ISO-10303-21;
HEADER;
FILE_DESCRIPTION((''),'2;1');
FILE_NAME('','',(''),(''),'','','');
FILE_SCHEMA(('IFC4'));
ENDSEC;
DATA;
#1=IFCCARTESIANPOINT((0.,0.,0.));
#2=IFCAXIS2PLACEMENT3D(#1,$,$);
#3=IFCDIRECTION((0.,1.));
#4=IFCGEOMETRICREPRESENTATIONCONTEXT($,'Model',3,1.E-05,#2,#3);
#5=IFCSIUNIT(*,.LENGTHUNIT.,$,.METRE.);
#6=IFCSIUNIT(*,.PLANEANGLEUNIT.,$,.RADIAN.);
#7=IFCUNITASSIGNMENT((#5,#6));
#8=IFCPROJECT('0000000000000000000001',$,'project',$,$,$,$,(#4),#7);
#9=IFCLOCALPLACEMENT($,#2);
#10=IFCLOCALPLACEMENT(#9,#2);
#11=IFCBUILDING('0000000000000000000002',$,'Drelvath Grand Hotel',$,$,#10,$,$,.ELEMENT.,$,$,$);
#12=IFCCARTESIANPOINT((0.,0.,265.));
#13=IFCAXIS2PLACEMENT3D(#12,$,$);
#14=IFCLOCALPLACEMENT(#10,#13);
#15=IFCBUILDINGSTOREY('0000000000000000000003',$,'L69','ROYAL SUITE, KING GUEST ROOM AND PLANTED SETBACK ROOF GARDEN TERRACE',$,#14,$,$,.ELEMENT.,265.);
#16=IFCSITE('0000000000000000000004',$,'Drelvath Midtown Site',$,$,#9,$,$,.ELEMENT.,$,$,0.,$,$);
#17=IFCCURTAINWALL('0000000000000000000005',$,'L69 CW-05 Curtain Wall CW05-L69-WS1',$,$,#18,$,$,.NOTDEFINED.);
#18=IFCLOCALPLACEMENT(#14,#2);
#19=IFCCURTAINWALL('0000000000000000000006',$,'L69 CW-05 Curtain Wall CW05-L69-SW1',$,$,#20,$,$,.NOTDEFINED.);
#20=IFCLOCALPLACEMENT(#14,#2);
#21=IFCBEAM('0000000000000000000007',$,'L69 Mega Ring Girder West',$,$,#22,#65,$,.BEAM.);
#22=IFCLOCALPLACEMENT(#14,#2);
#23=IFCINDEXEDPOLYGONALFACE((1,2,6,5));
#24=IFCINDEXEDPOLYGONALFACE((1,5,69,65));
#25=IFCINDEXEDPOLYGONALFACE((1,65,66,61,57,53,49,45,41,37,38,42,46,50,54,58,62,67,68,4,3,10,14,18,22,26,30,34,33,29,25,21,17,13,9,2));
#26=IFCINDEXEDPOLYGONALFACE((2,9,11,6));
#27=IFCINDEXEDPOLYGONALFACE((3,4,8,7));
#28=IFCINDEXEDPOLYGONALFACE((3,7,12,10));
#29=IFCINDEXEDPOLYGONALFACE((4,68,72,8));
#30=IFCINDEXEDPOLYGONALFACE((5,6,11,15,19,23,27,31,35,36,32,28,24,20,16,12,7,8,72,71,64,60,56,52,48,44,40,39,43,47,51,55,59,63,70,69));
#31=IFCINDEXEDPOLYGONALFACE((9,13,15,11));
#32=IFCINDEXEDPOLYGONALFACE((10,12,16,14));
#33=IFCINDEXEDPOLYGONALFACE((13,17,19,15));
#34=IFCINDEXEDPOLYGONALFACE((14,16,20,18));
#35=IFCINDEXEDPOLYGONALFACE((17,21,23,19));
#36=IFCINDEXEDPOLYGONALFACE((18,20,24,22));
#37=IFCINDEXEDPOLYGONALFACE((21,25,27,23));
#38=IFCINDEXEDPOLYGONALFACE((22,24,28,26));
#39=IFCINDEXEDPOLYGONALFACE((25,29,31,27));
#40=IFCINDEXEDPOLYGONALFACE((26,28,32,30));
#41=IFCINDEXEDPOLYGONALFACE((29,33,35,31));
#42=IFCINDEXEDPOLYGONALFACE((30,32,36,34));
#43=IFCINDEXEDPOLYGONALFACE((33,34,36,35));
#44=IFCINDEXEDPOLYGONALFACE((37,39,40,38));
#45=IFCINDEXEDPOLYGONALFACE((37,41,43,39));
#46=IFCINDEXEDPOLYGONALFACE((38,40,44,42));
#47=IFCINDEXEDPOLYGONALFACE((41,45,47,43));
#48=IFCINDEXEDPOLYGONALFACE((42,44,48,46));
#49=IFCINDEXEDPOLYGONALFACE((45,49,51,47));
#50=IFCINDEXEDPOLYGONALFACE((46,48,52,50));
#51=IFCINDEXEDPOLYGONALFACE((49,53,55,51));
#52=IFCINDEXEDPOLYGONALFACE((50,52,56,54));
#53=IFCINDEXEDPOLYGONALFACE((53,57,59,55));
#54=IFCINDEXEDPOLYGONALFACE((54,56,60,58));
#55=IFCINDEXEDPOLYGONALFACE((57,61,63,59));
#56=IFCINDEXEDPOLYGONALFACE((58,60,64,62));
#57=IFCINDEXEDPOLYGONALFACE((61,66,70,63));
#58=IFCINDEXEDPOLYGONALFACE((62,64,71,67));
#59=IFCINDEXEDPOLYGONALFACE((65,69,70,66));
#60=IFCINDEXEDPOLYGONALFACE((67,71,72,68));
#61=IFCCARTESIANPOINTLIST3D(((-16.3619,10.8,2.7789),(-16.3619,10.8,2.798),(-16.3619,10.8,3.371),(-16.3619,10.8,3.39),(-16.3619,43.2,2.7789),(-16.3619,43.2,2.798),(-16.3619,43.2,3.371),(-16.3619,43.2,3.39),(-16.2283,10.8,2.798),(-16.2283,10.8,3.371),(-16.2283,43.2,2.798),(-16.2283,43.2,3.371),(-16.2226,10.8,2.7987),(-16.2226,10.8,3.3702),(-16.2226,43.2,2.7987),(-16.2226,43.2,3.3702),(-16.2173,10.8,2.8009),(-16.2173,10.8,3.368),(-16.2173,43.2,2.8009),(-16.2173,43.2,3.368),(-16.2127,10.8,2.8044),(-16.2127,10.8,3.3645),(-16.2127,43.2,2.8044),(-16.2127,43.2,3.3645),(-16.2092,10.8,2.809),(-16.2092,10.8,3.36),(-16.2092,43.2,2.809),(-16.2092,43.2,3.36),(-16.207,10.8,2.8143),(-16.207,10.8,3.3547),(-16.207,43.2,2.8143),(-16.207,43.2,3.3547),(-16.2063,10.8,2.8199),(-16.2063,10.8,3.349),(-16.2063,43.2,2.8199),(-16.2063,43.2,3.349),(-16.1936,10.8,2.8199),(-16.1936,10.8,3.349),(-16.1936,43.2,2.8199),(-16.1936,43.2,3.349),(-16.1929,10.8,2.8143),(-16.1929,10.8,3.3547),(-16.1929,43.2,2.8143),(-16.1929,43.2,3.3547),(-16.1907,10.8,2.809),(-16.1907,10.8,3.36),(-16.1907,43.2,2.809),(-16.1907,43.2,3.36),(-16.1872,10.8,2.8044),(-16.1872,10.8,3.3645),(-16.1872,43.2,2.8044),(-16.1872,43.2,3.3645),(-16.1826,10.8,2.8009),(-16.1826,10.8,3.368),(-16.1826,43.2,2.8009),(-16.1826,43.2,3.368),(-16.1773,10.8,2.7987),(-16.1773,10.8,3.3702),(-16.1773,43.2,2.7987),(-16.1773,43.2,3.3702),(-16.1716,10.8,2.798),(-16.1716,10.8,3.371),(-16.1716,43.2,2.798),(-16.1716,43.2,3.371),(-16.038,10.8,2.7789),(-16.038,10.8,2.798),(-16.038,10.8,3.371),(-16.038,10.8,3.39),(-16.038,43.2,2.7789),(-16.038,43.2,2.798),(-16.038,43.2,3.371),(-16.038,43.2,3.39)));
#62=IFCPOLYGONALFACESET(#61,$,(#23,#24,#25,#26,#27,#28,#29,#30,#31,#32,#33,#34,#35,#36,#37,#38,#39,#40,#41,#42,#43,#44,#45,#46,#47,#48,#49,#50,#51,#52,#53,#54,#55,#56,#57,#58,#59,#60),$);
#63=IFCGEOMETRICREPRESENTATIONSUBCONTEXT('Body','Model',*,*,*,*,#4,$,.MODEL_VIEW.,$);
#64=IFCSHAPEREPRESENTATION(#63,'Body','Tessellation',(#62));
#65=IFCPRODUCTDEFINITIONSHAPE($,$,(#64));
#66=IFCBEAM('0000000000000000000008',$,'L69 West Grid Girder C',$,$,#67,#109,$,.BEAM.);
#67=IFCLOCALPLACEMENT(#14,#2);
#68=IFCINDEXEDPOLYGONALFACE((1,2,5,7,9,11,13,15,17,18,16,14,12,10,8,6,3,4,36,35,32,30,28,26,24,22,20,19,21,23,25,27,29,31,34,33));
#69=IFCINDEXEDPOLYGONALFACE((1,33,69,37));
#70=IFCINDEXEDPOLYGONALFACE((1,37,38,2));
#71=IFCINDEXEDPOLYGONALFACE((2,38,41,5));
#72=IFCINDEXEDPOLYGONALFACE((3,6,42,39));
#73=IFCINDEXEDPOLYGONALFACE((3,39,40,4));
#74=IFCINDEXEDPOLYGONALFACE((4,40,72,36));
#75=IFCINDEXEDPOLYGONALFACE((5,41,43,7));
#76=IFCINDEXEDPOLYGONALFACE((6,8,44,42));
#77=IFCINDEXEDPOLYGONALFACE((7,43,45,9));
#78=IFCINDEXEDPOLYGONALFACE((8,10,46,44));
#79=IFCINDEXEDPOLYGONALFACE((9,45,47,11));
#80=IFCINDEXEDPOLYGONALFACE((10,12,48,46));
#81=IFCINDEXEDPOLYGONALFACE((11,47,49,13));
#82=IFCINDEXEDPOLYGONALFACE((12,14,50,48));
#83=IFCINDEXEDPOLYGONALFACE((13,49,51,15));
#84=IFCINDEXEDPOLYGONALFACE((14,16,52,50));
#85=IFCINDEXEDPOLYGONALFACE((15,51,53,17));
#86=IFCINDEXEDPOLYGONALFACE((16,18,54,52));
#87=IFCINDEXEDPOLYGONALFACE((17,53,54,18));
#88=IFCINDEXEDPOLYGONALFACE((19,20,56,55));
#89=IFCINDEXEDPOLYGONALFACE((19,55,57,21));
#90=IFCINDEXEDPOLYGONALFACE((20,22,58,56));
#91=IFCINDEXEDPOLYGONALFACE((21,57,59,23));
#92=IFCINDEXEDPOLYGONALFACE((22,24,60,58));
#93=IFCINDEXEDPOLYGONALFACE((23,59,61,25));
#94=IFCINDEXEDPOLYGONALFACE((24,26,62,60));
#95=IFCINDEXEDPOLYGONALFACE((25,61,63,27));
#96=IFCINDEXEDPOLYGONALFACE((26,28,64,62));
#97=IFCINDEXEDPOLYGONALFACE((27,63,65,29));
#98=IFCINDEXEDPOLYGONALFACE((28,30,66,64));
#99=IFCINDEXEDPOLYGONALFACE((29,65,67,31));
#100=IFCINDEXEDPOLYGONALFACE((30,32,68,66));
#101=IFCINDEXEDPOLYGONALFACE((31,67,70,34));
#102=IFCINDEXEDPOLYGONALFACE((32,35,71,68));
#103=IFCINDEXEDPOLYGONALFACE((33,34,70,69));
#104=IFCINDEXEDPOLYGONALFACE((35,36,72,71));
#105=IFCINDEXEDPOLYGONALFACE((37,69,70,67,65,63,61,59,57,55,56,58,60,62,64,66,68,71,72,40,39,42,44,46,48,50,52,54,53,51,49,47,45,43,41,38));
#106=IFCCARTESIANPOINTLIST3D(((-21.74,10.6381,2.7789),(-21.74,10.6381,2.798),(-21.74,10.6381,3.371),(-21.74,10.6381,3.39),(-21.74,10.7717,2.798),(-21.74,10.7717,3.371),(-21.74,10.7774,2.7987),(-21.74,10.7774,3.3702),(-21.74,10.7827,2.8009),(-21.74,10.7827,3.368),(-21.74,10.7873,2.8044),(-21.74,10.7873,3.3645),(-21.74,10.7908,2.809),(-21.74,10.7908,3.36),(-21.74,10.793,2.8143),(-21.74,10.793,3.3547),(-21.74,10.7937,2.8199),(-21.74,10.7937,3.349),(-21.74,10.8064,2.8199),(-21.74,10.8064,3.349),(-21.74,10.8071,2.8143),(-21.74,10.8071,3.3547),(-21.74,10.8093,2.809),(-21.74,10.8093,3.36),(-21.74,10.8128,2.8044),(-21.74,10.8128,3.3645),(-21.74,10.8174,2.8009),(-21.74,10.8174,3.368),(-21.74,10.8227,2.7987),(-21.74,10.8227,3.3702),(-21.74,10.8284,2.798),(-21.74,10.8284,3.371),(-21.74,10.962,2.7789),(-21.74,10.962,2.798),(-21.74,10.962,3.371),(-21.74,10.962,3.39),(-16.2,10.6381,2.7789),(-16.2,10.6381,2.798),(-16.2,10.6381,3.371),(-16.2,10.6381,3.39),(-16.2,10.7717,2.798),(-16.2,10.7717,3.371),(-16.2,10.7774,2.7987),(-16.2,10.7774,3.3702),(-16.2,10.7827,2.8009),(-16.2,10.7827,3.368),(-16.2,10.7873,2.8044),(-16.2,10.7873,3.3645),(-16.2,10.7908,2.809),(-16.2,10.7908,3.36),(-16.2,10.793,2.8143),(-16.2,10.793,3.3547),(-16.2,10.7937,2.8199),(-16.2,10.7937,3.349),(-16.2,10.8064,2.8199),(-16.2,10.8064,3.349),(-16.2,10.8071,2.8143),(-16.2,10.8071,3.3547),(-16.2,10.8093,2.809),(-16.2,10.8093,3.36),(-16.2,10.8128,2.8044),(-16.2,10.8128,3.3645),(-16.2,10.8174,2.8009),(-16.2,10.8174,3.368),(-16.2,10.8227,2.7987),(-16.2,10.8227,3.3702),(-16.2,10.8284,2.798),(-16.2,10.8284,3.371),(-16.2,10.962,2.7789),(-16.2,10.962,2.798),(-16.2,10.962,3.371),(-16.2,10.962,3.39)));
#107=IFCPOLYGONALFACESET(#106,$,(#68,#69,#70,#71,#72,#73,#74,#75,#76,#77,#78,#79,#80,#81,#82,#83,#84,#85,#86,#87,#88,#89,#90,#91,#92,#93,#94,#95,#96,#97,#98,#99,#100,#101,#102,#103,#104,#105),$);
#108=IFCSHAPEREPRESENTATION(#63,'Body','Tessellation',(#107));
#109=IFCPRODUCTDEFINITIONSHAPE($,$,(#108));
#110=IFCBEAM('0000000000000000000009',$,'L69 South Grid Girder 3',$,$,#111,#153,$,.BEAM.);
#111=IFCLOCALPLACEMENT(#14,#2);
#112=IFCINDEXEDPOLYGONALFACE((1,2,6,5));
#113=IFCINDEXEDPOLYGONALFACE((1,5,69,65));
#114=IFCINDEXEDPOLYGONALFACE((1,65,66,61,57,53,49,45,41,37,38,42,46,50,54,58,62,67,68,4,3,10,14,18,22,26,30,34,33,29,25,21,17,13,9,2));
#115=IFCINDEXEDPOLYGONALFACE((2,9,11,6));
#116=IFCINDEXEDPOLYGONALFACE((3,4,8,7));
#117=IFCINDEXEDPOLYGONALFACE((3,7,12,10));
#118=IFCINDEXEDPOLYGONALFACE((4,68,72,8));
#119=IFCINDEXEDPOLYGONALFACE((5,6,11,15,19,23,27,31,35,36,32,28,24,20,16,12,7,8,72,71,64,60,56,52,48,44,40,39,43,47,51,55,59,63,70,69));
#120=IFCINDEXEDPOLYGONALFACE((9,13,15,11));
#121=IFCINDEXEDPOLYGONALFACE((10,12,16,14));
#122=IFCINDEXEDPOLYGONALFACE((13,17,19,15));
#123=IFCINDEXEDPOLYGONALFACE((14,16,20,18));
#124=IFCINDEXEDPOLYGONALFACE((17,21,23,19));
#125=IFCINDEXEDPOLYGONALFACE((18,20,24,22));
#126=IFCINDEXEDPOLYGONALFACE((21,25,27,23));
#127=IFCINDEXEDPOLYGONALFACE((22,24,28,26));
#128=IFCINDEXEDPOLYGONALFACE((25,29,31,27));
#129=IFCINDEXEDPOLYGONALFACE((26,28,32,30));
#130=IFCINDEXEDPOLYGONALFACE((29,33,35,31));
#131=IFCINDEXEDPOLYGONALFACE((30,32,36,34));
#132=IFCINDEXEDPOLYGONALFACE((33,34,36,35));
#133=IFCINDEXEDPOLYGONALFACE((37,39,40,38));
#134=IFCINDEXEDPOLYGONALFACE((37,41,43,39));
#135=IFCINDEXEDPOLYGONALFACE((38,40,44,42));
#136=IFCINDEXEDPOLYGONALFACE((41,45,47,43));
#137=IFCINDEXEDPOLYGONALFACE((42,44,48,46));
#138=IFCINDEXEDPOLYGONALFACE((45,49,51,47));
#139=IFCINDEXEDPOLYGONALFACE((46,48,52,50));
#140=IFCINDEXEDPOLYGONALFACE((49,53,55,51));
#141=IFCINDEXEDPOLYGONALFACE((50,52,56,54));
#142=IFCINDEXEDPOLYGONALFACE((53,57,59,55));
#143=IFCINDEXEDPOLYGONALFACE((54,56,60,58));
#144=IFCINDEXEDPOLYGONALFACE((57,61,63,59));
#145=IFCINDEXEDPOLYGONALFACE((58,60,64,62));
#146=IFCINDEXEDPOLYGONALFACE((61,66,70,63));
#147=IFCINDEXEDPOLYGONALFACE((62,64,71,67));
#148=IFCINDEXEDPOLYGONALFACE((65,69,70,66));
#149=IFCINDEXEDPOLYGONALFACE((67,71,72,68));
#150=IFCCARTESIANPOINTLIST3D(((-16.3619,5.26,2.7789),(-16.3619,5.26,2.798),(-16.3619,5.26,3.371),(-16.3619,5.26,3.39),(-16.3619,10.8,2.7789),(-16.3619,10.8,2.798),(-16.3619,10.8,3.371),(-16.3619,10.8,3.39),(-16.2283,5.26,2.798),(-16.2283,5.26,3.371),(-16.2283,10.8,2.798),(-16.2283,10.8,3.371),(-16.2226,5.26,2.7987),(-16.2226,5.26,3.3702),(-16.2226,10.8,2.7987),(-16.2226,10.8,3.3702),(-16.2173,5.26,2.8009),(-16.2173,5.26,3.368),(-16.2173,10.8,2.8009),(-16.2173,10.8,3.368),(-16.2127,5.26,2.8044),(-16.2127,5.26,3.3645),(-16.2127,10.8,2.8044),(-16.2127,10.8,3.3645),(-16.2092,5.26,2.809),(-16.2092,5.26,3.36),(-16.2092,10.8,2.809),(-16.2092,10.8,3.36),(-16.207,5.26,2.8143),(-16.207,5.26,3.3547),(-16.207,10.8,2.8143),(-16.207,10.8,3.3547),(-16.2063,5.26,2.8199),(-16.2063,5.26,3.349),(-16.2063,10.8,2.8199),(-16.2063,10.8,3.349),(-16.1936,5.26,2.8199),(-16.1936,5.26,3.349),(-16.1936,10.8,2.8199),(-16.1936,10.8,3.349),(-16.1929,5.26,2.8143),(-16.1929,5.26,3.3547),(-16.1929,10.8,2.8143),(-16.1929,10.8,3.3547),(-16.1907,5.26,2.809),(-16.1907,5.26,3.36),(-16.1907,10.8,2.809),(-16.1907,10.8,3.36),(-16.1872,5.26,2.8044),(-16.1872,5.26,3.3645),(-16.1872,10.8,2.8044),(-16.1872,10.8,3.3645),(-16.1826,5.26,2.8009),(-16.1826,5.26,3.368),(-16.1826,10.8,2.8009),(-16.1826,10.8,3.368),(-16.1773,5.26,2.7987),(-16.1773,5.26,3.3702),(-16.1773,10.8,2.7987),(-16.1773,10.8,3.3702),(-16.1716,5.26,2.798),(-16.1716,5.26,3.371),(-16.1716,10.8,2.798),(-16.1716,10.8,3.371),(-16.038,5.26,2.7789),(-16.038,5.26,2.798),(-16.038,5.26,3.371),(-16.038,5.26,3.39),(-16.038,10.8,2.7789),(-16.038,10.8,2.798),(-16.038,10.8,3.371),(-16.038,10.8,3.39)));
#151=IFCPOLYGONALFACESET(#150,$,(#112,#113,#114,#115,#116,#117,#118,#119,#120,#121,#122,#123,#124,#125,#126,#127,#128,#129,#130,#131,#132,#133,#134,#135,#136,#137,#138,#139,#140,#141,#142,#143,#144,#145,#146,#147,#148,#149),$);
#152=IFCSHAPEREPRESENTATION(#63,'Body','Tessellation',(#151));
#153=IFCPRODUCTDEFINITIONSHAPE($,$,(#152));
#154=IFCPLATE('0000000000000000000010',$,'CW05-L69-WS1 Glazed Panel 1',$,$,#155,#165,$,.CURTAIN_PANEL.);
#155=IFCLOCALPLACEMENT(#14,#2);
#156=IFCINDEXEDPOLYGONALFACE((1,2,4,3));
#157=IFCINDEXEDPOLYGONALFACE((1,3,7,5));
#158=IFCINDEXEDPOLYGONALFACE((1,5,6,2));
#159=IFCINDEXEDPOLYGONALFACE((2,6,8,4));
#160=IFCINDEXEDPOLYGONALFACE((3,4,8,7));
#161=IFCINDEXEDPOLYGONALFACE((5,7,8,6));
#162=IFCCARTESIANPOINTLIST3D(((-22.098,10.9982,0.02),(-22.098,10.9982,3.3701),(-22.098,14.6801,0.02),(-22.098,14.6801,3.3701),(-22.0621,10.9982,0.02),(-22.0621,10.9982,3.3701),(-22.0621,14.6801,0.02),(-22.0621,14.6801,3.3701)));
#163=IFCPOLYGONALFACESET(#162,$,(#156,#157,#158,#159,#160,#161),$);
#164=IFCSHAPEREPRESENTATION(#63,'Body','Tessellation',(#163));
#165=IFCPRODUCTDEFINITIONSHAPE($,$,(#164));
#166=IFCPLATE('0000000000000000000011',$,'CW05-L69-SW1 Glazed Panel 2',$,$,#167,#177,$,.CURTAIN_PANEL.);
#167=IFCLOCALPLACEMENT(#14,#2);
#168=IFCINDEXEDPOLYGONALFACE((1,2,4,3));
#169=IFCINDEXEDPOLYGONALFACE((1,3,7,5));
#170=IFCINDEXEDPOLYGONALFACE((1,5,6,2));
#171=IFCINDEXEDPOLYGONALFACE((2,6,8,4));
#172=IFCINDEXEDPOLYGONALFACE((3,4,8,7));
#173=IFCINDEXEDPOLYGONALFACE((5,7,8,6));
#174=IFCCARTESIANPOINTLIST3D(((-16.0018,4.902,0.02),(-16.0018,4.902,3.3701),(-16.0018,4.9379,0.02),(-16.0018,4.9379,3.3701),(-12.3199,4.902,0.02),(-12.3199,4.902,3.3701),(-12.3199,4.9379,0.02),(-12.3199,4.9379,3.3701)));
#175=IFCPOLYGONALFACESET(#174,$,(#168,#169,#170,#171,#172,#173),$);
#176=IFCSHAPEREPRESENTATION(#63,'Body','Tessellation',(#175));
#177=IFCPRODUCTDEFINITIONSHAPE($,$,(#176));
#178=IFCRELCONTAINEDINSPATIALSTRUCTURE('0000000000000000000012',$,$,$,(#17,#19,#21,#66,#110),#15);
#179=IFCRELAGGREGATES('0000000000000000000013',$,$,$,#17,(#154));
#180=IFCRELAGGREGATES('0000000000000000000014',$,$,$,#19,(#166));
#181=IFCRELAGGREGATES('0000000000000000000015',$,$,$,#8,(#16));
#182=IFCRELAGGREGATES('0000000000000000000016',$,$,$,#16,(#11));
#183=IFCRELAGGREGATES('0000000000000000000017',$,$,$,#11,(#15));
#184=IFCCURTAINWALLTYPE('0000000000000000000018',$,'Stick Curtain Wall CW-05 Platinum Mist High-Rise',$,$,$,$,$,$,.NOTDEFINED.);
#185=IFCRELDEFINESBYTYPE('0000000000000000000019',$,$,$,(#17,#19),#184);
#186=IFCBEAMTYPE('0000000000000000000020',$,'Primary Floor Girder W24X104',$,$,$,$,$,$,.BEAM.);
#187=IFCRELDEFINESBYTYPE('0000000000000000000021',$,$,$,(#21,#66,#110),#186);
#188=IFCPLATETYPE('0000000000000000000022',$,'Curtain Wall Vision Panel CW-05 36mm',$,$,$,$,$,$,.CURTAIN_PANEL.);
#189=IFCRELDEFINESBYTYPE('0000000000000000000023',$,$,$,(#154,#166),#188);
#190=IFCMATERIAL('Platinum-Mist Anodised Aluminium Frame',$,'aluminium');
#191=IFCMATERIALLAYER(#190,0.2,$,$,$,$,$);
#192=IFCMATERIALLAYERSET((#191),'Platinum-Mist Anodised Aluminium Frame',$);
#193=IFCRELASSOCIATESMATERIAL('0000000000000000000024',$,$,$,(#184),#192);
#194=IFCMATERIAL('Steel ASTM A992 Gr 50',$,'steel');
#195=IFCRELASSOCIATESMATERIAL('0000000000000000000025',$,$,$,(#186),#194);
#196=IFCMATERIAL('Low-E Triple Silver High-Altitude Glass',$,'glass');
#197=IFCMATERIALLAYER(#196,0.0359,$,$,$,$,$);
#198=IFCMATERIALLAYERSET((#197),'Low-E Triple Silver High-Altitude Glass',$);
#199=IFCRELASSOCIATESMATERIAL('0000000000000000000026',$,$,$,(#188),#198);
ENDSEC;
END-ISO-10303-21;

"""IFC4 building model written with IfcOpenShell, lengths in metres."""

from ifc_helpers import new_model, si_unit, direction, frame, origin, origin_2d, place, context, subcontext, project, spatial, rectangle, i_section, extrude, material, layer, layer_set, material_profile, profile_set, type_object, element, aggregate, save


model = new_model("IFC4")

# Units and contexts
model_context = context("Model", 3, precision=1e-05, world=origin(), true_north=direction((0.0, 1.0)))
body_context = subcontext(model_context, "Body", "Model", "MODEL_VIEW")
ifc_project = project(units=[si_unit("LENGTHUNIT", "METRE"), si_unit("PLANEANGLEUNIT", "RADIAN")], contexts=[model_context])

# Site, building, storey
site_placement = place(None, origin())
site = spatial("IfcSite", under=ifc_project, at=site_placement, Name="Drelvath Midtown Site", CompositionType="ELEMENT", RefElevation=0.0)
building_placement = place(site_placement, origin())
building = spatial("IfcBuilding", under=site, at=building_placement, Name="Drelvath Grand Hotel", CompositionType="ELEMENT")
storey_placement = place(building_placement, frame((0.0, 0.0, 265.0)))
storey = spatial("IfcBuildingStorey", under=building, at=storey_placement, Name="L69", Description="ROYAL SUITE, KING GUEST ROOM AND PLANTED SETBACK ROOF GARDEN TERRACE", CompositionType="ELEMENT", Elevation=265.0)

# Shared definitions
ifc_material_1 = material(Name="Steel ASTM A992 Gr 50", Category="steel")

# Curtain walls
ifc_material_2 = material(Name="Platinum-Mist Anodised Aluminium Frame", Category="aluminium")
ifc_layer_1 = layer(ifc_material_2, 0.2)
ifc_layer_set_1 = layer_set([ifc_layer_1], Name="Platinum-Mist Anodised Aluminium Frame")
curtain_wall_type = type_object("IfcCurtainWallType", Name="Stick Curtain Wall CW-05 Platinum Mist High-Rise", PredefinedType="NOTDEFINED", material=ifc_layer_set_1)
curtain_wall_1_placement = place(storey_placement, origin())
curtain_wall_1 = element("IfcCurtainWall", 1, at=curtain_wall_1_placement, inside=storey, type_object=curtain_wall_type, Name="L69 CW-05 Curtain Wall CW05-L69-WS1", PredefinedType="NOTDEFINED")
curtain_wall_2_placement = place(storey_placement, origin())
curtain_wall_2 = element("IfcCurtainWall", 2, at=curtain_wall_2_placement, inside=storey, type_object=curtain_wall_type, Name="L69 CW-05 Curtain Wall CW05-L69-SW1", PredefinedType="NOTDEFINED")

# Beams
ifc_material_profile_1 = material_profile(ifc_material_1, i_section(OverallWidth=0.324, OverallDepth=0.6111, WebThickness=0.0127, FlangeThickness=0.019, FilletRadius=0.022, at=origin_2d()), Name="W24X104")
ifc_profile_set_1 = profile_set([ifc_material_profile_1], Name="Steel ASTM A992 Gr 50")
beam_type_1 = type_object("IfcBeamType", Name="Primary Floor Girder W24X104", PredefinedType="BEAM", material=ifc_profile_set_1)
for number, where, z_axis, x_axis, name in (
    (3, (-16.2, 10.8, 3.0845), (0.0, 1.0, 0.0), (-1.0, 0.0, 0.0), "L69 Mega Ring Girder West"),
):
    element("IfcBeam", number, at=place(storey_placement, frame(where, z_axis=z_axis, x_axis=x_axis)), inside=storey, type_object=beam_type_1, Name=name, PredefinedType="BEAM", context=body_context, shape_type="SweptSolid", body=[
        extrude(i_section(OverallWidth=0.324, OverallDepth=0.6111, WebThickness=0.0127, FlangeThickness=0.019, FilletRadius=0.022, at=origin_2d()), origin(), (0.0, 0.0, 1.0), 32.3999),
    ])
for number, where, z_axis, x_axis, name in (
    (4, (-21.74, 10.8, 3.0845), (1.0, 0.0, 0.0), (0.0, 1.0, 0.0), "L69 West Grid Girder C"),
    (5, (-16.2, 5.26, 3.0845), (0.0, 1.0, 0.0), (-1.0, 0.0, 0.0), "L69 South Grid Girder 3"),
):
    element("IfcBeam", number, at=place(storey_placement, frame(where, z_axis=z_axis, x_axis=x_axis)), inside=storey, type_object=beam_type_1, Name=name, PredefinedType="BEAM", context=body_context, shape_type="SweptSolid", body=[
        extrude(i_section(OverallWidth=0.324, OverallDepth=0.6111, WebThickness=0.0127, FlangeThickness=0.019, FilletRadius=0.022, at=origin_2d()), origin(), (0.0, 0.0, 1.0), 5.54),
    ])

# Plates
ifc_material_3 = material(Name="Low-E Triple Silver High-Altitude Glass", Category="glass")
ifc_layer_2 = layer(ifc_material_3, 0.0359)
ifc_layer_set_2 = layer_set([ifc_layer_2], Name="Low-E Triple Silver High-Altitude Glass")
plate_type = type_object("IfcPlateType", Name="Curtain Wall Vision Panel CW-05 36mm", PredefinedType="CURTAIN_PANEL", material=ifc_layer_set_2)
plate_1_placement = place(storey_placement, frame((-22.0801, 12.8391, 0.02), z_axis=(0.0, 0.0, 1.0), x_axis=(0.0, 1.0, 0.0)))
plate_1 = element("IfcPlate", 6, at=plate_1_placement, type_object=plate_type, Name="CW05-L69-WS1 Glazed Panel 1", PredefinedType="CURTAIN_PANEL", context=body_context, shape_type="SweptSolid", body=[
    extrude(rectangle(XDim=3.6819, YDim=0.0359, at=origin_2d()), origin(), (0.0, 0.0, 1.0), 3.3501),
])
aggregate(curtain_wall_1, [plate_1])
plate_2_placement = place(storey_placement, frame((-14.1609, 4.9199, 0.02), z_axis=(0.0, 0.0, 1.0), x_axis=(-1.0, 0.0, 0.0)))
plate_2 = element("IfcPlate", 7, at=plate_2_placement, type_object=plate_type, Name="CW05-L69-SW1 Glazed Panel 2", PredefinedType="CURTAIN_PANEL", context=body_context, shape_type="SweptSolid", body=[
    extrude(rectangle(XDim=3.6819, YDim=0.0359, at=origin_2d()), origin(), (0.0, 0.0, 1.0), 3.3501),
])
aggregate(curtain_wall_2, [plate_2])

save(model, "model.ifc")
